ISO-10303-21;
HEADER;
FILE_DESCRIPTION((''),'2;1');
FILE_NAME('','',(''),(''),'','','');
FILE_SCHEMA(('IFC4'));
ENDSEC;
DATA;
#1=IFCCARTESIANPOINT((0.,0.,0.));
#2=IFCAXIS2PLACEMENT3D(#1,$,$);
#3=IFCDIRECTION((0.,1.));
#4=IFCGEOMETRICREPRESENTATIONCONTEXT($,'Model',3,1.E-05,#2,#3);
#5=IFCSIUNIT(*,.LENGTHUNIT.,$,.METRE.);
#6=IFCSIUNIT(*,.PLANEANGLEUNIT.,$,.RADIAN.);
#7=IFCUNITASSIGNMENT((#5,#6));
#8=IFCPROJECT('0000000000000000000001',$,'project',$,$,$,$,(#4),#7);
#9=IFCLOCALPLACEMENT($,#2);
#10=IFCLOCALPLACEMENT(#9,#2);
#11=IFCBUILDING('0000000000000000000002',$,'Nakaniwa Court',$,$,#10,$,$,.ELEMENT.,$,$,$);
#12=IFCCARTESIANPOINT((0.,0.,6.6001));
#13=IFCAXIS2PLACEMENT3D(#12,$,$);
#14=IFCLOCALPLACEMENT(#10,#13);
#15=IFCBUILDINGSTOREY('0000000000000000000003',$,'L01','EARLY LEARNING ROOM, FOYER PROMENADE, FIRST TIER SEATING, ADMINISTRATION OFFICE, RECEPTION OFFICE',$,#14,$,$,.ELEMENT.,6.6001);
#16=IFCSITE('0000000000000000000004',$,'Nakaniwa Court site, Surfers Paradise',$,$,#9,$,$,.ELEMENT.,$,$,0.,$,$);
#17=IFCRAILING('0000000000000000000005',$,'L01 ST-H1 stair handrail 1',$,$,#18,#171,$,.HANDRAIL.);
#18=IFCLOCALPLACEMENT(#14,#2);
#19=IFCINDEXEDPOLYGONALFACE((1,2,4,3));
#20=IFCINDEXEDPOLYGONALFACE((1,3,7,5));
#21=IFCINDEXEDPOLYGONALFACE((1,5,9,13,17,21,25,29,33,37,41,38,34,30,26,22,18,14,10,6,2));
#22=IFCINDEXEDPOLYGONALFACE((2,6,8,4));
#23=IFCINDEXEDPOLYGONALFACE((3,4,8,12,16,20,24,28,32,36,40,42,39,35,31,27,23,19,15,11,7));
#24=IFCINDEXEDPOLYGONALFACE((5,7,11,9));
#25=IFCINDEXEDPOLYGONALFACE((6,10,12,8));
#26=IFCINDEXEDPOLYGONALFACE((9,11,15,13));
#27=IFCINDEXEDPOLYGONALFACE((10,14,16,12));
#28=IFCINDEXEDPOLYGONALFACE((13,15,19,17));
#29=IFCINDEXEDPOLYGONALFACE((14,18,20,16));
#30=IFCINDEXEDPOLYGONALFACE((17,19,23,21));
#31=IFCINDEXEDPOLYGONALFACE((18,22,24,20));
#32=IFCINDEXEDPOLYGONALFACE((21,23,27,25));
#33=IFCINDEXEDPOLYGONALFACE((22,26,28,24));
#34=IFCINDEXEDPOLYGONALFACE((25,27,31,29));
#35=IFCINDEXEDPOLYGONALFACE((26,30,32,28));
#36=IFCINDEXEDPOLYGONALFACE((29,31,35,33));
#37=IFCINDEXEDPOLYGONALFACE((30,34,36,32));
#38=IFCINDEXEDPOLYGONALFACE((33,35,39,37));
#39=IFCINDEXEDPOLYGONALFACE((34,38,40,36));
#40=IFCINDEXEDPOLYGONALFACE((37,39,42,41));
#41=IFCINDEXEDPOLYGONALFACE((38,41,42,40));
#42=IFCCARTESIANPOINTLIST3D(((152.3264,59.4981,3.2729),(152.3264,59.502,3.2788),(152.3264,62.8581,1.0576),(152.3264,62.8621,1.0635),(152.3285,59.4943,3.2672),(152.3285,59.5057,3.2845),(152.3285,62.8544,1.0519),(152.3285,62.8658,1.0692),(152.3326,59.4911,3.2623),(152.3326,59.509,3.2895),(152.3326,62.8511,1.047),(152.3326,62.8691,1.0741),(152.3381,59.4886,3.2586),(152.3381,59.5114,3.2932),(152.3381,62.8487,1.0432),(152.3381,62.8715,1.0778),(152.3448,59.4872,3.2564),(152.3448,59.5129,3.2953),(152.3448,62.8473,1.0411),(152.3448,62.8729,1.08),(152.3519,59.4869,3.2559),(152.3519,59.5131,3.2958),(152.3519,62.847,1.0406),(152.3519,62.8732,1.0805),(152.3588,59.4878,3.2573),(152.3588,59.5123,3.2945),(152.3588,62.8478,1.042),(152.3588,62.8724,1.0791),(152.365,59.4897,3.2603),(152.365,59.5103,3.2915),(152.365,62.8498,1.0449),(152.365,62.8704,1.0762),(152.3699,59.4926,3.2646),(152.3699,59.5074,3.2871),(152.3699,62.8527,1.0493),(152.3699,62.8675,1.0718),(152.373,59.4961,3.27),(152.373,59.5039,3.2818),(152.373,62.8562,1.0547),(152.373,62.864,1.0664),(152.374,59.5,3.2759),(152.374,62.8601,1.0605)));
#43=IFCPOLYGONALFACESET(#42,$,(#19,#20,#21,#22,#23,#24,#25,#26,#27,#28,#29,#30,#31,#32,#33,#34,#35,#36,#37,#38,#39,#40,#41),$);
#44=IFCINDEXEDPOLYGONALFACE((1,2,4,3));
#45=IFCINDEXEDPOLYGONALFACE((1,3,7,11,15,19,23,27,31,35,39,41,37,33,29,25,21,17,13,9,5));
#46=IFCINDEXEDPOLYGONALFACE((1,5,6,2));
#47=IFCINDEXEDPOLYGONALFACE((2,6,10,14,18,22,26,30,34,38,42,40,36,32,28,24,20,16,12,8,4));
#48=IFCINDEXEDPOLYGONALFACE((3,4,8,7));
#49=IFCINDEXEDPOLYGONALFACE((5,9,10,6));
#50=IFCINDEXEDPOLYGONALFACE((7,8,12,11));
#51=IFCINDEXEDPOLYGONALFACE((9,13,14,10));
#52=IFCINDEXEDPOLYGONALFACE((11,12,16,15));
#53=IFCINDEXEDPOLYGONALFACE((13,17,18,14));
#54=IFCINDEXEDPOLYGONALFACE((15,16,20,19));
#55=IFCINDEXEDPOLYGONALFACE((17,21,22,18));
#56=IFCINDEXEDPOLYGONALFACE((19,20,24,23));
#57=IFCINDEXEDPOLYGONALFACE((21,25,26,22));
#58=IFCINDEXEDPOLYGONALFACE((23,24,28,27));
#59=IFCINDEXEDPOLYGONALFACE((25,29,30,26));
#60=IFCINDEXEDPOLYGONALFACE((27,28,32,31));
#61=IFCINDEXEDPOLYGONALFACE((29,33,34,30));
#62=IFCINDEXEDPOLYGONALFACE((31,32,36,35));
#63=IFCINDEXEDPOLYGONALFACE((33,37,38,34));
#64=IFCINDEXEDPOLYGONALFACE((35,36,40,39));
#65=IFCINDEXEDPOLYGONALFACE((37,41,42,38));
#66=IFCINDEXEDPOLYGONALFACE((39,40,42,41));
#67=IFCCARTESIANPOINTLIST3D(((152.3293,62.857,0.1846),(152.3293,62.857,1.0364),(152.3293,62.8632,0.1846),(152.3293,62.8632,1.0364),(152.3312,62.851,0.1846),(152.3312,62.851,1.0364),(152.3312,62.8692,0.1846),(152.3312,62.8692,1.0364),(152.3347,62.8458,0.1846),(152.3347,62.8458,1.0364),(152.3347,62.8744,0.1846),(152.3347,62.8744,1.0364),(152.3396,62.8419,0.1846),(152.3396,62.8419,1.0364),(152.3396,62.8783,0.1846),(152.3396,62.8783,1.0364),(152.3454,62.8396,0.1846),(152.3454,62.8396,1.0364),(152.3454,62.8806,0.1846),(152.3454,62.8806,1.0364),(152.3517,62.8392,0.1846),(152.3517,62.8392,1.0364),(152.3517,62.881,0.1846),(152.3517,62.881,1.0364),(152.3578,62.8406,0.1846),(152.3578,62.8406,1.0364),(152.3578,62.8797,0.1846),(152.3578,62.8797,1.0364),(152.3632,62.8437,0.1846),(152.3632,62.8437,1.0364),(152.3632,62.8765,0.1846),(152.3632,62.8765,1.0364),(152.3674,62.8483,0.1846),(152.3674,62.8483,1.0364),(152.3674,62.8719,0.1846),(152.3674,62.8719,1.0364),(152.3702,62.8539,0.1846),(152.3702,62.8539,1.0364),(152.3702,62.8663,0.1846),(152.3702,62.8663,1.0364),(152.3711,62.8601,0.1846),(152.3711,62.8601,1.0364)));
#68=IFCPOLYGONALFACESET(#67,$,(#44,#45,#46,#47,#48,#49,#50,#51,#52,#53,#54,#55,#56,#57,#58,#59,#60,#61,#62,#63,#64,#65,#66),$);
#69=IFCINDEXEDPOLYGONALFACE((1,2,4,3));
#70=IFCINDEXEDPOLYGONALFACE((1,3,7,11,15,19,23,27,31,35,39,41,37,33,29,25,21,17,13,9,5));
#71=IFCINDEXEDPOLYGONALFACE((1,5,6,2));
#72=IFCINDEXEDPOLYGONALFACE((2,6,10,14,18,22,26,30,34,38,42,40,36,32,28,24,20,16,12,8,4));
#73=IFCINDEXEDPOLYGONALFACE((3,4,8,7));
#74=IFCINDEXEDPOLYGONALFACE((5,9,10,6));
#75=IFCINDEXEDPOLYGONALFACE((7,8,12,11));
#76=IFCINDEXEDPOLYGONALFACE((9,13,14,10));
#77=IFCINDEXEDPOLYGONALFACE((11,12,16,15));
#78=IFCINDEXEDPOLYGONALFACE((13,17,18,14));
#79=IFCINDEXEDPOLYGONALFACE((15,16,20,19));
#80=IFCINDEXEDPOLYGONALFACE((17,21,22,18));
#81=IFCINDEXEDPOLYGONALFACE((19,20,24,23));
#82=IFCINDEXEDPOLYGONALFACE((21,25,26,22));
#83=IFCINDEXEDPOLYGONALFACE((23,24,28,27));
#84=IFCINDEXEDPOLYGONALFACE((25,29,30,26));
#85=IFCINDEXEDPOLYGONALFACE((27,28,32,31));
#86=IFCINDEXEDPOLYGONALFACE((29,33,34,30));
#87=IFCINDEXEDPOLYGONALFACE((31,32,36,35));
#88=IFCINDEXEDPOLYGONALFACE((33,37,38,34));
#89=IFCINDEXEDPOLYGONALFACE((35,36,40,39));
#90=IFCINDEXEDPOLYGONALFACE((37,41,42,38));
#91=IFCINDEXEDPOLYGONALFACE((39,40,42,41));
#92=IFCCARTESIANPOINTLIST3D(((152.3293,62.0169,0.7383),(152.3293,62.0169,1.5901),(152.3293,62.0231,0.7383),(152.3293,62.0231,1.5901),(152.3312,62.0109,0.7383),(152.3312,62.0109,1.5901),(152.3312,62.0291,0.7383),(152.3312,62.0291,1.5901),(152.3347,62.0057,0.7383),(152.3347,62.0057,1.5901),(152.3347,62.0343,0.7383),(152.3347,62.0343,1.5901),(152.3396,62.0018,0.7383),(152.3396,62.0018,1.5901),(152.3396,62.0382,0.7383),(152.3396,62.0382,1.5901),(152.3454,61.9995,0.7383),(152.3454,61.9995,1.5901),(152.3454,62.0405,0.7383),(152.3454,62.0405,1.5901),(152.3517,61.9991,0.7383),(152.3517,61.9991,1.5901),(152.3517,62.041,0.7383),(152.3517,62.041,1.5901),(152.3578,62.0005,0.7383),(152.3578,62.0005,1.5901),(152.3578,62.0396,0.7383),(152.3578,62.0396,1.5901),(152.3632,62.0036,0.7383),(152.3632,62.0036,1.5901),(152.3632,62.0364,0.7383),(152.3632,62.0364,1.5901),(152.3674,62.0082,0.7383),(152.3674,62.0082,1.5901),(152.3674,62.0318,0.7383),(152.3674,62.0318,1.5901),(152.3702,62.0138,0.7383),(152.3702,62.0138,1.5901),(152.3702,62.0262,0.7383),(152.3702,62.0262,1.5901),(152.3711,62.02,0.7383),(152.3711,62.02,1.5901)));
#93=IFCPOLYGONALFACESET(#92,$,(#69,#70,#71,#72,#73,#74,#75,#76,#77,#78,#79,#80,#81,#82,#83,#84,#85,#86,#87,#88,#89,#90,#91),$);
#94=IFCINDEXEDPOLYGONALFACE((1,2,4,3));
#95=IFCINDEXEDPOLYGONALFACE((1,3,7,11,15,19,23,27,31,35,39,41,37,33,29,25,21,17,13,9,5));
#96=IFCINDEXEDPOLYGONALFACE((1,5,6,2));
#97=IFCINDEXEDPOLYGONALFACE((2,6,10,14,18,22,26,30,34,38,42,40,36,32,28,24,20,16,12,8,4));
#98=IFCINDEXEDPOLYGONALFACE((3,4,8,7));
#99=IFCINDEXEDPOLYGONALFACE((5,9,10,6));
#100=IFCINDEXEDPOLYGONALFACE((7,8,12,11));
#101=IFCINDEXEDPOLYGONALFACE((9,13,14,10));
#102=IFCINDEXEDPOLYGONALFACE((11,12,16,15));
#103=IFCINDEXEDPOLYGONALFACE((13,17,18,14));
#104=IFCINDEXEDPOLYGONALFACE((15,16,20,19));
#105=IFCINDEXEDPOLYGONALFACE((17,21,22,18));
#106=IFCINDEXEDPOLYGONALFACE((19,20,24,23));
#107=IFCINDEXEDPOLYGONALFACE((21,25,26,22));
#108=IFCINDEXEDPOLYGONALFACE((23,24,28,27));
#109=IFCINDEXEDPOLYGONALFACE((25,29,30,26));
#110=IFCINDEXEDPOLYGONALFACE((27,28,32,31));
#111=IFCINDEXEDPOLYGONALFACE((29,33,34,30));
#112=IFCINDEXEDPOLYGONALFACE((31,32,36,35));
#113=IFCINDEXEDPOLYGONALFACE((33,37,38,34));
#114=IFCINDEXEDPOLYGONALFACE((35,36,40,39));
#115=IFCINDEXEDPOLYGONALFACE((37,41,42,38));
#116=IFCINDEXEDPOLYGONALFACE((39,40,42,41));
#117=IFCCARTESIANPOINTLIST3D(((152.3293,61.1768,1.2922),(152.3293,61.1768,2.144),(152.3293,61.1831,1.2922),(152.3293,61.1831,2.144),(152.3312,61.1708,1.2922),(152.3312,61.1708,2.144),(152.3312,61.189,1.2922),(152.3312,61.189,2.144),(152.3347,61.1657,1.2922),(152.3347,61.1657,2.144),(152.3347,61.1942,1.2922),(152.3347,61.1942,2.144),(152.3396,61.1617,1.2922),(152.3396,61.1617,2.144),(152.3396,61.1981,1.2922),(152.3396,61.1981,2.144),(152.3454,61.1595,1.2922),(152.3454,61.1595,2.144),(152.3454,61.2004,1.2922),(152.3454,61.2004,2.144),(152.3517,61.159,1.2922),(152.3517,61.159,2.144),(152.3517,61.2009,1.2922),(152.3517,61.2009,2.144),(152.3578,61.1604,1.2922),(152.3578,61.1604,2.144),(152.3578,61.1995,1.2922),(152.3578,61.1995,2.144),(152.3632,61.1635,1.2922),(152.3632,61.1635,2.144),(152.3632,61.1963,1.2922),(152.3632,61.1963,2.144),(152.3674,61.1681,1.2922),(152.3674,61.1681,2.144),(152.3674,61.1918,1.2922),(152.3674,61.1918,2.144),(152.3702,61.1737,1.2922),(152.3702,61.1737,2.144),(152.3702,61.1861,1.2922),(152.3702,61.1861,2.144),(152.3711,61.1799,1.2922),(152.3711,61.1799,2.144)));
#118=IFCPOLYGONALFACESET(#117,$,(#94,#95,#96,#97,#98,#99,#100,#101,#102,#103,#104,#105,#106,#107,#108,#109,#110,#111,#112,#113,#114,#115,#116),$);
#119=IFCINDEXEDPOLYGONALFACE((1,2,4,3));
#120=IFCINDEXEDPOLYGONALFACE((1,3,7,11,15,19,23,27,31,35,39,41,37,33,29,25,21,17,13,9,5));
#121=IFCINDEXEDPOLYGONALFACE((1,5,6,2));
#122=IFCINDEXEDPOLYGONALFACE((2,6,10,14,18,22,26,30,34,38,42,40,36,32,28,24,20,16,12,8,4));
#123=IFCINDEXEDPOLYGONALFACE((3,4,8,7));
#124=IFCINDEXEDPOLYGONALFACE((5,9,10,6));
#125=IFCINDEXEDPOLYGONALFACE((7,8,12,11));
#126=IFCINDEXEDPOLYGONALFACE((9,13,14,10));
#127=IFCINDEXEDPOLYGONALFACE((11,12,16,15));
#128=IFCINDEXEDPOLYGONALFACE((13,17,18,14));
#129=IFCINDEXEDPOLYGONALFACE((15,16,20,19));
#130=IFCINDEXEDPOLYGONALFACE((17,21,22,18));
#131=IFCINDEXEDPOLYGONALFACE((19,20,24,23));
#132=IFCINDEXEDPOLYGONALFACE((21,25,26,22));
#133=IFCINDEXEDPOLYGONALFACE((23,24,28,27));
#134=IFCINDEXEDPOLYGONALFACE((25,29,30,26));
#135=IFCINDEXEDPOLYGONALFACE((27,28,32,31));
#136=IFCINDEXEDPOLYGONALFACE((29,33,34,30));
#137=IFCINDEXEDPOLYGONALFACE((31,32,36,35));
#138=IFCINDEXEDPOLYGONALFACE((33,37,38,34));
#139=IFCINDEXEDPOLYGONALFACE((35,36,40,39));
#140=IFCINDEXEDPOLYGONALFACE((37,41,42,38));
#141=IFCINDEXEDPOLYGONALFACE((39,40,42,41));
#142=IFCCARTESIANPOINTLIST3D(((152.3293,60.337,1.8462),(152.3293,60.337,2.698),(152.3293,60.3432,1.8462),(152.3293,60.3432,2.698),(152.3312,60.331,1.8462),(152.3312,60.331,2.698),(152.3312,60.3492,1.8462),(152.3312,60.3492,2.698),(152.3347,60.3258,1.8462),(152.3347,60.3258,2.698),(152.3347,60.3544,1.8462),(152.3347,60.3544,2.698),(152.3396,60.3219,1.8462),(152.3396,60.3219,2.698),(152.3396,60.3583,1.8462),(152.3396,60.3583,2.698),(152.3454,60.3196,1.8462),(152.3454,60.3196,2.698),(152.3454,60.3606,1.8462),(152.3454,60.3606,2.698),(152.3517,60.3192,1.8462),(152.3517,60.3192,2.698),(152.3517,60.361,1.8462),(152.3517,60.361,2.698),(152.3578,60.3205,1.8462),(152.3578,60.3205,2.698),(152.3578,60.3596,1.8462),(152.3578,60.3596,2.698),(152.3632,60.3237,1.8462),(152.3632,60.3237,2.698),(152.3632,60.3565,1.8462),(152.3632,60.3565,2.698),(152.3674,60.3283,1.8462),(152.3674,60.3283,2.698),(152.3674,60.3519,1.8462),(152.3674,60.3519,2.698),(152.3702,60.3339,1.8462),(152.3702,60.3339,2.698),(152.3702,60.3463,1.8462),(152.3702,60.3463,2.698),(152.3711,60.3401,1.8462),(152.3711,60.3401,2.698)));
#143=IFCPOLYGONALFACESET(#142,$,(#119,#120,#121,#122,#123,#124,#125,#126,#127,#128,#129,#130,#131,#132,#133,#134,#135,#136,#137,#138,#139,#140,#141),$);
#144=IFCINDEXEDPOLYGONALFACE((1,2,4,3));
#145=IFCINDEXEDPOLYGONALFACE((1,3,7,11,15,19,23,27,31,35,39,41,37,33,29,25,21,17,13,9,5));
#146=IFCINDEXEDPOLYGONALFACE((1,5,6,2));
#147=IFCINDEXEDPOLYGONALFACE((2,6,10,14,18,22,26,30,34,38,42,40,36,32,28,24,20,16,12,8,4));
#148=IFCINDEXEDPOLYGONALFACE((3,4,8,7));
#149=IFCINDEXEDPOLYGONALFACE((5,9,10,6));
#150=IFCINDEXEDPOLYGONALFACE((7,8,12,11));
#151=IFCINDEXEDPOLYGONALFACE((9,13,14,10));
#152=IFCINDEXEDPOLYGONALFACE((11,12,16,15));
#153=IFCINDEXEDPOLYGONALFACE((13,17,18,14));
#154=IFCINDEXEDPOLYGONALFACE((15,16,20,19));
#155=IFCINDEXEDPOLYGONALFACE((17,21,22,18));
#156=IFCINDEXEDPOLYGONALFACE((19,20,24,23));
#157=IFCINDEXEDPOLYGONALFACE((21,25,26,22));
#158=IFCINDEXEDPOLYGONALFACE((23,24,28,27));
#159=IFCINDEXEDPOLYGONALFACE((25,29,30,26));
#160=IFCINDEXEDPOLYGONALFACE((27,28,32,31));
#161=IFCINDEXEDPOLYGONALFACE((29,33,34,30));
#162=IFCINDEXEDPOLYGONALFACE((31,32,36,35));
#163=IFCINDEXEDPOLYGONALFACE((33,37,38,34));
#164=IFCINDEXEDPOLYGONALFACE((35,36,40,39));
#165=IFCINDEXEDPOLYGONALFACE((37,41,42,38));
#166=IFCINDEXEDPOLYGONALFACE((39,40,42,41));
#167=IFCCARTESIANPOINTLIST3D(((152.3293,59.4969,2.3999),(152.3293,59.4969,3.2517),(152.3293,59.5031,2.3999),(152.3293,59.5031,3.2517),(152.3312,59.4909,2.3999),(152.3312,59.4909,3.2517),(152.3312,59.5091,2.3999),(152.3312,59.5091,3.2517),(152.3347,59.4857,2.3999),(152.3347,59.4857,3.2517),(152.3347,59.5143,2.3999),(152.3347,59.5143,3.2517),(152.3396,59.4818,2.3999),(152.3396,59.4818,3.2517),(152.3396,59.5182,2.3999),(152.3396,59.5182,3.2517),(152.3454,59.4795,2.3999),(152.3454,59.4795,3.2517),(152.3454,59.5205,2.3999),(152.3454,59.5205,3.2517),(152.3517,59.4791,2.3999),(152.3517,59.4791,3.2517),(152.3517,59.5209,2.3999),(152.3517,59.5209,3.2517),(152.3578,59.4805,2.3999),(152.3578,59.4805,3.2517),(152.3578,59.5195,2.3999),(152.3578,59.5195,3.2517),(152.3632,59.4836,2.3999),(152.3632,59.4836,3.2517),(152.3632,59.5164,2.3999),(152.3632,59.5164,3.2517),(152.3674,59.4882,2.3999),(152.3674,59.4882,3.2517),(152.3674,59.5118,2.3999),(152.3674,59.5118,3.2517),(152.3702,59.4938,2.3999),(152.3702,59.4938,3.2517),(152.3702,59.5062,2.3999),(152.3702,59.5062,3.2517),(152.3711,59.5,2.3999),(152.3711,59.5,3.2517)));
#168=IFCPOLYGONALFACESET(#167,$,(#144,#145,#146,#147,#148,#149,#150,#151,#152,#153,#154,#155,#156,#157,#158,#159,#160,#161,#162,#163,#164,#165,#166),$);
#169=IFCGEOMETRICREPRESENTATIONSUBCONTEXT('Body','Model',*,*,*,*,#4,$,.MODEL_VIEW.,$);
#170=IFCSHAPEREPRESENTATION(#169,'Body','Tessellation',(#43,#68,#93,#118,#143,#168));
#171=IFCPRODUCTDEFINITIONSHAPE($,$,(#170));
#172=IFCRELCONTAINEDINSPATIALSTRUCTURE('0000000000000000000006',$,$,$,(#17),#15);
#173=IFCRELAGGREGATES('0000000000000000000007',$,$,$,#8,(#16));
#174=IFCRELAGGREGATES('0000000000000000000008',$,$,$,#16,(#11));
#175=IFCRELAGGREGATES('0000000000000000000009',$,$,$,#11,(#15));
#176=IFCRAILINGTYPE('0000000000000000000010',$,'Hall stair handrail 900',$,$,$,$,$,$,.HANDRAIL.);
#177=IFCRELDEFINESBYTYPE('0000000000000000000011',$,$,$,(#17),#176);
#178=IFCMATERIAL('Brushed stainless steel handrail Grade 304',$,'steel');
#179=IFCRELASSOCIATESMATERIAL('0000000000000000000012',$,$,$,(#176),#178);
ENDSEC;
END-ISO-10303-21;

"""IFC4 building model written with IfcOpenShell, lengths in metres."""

from ifc_helpers import new_model, si_unit, direction, frame, origin, origin_2d, place, context, subcontext, project, spatial, circle, extrude, material, type_object, element, save


model = new_model("IFC4")

# Units and contexts
model_context = context("Model", 3, precision=1e-05, world=origin(), true_north=direction((0.0, 1.0)))
body_context = subcontext(model_context, "Body", "Model", "MODEL_VIEW")
ifc_project = project(units=[si_unit("LENGTHUNIT", "METRE"), si_unit("PLANEANGLEUNIT", "RADIAN")], contexts=[model_context])

# Site, building, storey
site_placement = place(None, origin())
site = spatial("IfcSite", under=ifc_project, at=site_placement, Name="Nakaniwa Court site, Surfers Paradise", CompositionType="ELEMENT", RefElevation=0.0)
building_placement = place(site_placement, origin())
building = spatial("IfcBuilding", under=site, at=building_placement, Name="Nakaniwa Court", CompositionType="ELEMENT")
storey_placement = place(building_placement, frame((0.0, 0.0, 6.6001)))
storey = spatial("IfcBuildingStorey", under=building, at=storey_placement, Name="L01", Description="EARLY LEARNING ROOM, FOYER PROMENADE, FIRST TIER SEATING, ADMINISTRATION OFFICE, RECEPTION OFFICE", CompositionType="ELEMENT", Elevation=6.6001)

# Railing
ifc_material_1 = material(Name="Brushed stainless steel handrail Grade 304", Category="steel")
railing_type_1 = type_object("IfcRailingType", Name="Hall stair handrail 900", PredefinedType="HANDRAIL", material=ifc_material_1)
railing_1_placement = place(storey_placement, frame((152.3501, 62.8601, 0.1846)))
element("IfcRailing", 1, at=railing_1_placement, inside=storey, type_object=railing_type_1, Name="L01 ST-H1 stair handrail 1", PredefinedType="HANDRAIL", context=body_context, shape_type="SweptSolid", body=[
    extrude(circle(Radius=0.0239, at=origin_2d()), frame((0.0, 0.0, 0.876), z_axis=(0.0, -0.834876, 0.550437), x_axis=(1.0, 0.0, 0.0)), (0.0, 0.0, 1.0), 4.0247),
    extrude(circle(Radius=0.021, at=origin_2d()), origin(), (0.0, 0.0, 1.0), 0.8518),
    extrude(circle(Radius=0.021, at=origin_2d()), frame((0.0, -0.8401, 0.5537)), (0.0, 0.0, 1.0), 0.8518),
    extrude(circle(Radius=0.021, at=origin_2d()), frame((0.0, -1.6802, 1.1077)), (0.0, 0.0, 1.0), 0.8518),
    extrude(circle(Radius=0.021, at=origin_2d()), frame((0.0, -2.52, 1.6616)), (0.0, 0.0, 1.0), 0.8518),
    extrude(circle(Radius=0.021, at=origin_2d()), frame((0.0, -3.3601, 2.2153)), (0.0, 0.0, 1.0), 0.8518),
])

save(model, "model.ifc")
